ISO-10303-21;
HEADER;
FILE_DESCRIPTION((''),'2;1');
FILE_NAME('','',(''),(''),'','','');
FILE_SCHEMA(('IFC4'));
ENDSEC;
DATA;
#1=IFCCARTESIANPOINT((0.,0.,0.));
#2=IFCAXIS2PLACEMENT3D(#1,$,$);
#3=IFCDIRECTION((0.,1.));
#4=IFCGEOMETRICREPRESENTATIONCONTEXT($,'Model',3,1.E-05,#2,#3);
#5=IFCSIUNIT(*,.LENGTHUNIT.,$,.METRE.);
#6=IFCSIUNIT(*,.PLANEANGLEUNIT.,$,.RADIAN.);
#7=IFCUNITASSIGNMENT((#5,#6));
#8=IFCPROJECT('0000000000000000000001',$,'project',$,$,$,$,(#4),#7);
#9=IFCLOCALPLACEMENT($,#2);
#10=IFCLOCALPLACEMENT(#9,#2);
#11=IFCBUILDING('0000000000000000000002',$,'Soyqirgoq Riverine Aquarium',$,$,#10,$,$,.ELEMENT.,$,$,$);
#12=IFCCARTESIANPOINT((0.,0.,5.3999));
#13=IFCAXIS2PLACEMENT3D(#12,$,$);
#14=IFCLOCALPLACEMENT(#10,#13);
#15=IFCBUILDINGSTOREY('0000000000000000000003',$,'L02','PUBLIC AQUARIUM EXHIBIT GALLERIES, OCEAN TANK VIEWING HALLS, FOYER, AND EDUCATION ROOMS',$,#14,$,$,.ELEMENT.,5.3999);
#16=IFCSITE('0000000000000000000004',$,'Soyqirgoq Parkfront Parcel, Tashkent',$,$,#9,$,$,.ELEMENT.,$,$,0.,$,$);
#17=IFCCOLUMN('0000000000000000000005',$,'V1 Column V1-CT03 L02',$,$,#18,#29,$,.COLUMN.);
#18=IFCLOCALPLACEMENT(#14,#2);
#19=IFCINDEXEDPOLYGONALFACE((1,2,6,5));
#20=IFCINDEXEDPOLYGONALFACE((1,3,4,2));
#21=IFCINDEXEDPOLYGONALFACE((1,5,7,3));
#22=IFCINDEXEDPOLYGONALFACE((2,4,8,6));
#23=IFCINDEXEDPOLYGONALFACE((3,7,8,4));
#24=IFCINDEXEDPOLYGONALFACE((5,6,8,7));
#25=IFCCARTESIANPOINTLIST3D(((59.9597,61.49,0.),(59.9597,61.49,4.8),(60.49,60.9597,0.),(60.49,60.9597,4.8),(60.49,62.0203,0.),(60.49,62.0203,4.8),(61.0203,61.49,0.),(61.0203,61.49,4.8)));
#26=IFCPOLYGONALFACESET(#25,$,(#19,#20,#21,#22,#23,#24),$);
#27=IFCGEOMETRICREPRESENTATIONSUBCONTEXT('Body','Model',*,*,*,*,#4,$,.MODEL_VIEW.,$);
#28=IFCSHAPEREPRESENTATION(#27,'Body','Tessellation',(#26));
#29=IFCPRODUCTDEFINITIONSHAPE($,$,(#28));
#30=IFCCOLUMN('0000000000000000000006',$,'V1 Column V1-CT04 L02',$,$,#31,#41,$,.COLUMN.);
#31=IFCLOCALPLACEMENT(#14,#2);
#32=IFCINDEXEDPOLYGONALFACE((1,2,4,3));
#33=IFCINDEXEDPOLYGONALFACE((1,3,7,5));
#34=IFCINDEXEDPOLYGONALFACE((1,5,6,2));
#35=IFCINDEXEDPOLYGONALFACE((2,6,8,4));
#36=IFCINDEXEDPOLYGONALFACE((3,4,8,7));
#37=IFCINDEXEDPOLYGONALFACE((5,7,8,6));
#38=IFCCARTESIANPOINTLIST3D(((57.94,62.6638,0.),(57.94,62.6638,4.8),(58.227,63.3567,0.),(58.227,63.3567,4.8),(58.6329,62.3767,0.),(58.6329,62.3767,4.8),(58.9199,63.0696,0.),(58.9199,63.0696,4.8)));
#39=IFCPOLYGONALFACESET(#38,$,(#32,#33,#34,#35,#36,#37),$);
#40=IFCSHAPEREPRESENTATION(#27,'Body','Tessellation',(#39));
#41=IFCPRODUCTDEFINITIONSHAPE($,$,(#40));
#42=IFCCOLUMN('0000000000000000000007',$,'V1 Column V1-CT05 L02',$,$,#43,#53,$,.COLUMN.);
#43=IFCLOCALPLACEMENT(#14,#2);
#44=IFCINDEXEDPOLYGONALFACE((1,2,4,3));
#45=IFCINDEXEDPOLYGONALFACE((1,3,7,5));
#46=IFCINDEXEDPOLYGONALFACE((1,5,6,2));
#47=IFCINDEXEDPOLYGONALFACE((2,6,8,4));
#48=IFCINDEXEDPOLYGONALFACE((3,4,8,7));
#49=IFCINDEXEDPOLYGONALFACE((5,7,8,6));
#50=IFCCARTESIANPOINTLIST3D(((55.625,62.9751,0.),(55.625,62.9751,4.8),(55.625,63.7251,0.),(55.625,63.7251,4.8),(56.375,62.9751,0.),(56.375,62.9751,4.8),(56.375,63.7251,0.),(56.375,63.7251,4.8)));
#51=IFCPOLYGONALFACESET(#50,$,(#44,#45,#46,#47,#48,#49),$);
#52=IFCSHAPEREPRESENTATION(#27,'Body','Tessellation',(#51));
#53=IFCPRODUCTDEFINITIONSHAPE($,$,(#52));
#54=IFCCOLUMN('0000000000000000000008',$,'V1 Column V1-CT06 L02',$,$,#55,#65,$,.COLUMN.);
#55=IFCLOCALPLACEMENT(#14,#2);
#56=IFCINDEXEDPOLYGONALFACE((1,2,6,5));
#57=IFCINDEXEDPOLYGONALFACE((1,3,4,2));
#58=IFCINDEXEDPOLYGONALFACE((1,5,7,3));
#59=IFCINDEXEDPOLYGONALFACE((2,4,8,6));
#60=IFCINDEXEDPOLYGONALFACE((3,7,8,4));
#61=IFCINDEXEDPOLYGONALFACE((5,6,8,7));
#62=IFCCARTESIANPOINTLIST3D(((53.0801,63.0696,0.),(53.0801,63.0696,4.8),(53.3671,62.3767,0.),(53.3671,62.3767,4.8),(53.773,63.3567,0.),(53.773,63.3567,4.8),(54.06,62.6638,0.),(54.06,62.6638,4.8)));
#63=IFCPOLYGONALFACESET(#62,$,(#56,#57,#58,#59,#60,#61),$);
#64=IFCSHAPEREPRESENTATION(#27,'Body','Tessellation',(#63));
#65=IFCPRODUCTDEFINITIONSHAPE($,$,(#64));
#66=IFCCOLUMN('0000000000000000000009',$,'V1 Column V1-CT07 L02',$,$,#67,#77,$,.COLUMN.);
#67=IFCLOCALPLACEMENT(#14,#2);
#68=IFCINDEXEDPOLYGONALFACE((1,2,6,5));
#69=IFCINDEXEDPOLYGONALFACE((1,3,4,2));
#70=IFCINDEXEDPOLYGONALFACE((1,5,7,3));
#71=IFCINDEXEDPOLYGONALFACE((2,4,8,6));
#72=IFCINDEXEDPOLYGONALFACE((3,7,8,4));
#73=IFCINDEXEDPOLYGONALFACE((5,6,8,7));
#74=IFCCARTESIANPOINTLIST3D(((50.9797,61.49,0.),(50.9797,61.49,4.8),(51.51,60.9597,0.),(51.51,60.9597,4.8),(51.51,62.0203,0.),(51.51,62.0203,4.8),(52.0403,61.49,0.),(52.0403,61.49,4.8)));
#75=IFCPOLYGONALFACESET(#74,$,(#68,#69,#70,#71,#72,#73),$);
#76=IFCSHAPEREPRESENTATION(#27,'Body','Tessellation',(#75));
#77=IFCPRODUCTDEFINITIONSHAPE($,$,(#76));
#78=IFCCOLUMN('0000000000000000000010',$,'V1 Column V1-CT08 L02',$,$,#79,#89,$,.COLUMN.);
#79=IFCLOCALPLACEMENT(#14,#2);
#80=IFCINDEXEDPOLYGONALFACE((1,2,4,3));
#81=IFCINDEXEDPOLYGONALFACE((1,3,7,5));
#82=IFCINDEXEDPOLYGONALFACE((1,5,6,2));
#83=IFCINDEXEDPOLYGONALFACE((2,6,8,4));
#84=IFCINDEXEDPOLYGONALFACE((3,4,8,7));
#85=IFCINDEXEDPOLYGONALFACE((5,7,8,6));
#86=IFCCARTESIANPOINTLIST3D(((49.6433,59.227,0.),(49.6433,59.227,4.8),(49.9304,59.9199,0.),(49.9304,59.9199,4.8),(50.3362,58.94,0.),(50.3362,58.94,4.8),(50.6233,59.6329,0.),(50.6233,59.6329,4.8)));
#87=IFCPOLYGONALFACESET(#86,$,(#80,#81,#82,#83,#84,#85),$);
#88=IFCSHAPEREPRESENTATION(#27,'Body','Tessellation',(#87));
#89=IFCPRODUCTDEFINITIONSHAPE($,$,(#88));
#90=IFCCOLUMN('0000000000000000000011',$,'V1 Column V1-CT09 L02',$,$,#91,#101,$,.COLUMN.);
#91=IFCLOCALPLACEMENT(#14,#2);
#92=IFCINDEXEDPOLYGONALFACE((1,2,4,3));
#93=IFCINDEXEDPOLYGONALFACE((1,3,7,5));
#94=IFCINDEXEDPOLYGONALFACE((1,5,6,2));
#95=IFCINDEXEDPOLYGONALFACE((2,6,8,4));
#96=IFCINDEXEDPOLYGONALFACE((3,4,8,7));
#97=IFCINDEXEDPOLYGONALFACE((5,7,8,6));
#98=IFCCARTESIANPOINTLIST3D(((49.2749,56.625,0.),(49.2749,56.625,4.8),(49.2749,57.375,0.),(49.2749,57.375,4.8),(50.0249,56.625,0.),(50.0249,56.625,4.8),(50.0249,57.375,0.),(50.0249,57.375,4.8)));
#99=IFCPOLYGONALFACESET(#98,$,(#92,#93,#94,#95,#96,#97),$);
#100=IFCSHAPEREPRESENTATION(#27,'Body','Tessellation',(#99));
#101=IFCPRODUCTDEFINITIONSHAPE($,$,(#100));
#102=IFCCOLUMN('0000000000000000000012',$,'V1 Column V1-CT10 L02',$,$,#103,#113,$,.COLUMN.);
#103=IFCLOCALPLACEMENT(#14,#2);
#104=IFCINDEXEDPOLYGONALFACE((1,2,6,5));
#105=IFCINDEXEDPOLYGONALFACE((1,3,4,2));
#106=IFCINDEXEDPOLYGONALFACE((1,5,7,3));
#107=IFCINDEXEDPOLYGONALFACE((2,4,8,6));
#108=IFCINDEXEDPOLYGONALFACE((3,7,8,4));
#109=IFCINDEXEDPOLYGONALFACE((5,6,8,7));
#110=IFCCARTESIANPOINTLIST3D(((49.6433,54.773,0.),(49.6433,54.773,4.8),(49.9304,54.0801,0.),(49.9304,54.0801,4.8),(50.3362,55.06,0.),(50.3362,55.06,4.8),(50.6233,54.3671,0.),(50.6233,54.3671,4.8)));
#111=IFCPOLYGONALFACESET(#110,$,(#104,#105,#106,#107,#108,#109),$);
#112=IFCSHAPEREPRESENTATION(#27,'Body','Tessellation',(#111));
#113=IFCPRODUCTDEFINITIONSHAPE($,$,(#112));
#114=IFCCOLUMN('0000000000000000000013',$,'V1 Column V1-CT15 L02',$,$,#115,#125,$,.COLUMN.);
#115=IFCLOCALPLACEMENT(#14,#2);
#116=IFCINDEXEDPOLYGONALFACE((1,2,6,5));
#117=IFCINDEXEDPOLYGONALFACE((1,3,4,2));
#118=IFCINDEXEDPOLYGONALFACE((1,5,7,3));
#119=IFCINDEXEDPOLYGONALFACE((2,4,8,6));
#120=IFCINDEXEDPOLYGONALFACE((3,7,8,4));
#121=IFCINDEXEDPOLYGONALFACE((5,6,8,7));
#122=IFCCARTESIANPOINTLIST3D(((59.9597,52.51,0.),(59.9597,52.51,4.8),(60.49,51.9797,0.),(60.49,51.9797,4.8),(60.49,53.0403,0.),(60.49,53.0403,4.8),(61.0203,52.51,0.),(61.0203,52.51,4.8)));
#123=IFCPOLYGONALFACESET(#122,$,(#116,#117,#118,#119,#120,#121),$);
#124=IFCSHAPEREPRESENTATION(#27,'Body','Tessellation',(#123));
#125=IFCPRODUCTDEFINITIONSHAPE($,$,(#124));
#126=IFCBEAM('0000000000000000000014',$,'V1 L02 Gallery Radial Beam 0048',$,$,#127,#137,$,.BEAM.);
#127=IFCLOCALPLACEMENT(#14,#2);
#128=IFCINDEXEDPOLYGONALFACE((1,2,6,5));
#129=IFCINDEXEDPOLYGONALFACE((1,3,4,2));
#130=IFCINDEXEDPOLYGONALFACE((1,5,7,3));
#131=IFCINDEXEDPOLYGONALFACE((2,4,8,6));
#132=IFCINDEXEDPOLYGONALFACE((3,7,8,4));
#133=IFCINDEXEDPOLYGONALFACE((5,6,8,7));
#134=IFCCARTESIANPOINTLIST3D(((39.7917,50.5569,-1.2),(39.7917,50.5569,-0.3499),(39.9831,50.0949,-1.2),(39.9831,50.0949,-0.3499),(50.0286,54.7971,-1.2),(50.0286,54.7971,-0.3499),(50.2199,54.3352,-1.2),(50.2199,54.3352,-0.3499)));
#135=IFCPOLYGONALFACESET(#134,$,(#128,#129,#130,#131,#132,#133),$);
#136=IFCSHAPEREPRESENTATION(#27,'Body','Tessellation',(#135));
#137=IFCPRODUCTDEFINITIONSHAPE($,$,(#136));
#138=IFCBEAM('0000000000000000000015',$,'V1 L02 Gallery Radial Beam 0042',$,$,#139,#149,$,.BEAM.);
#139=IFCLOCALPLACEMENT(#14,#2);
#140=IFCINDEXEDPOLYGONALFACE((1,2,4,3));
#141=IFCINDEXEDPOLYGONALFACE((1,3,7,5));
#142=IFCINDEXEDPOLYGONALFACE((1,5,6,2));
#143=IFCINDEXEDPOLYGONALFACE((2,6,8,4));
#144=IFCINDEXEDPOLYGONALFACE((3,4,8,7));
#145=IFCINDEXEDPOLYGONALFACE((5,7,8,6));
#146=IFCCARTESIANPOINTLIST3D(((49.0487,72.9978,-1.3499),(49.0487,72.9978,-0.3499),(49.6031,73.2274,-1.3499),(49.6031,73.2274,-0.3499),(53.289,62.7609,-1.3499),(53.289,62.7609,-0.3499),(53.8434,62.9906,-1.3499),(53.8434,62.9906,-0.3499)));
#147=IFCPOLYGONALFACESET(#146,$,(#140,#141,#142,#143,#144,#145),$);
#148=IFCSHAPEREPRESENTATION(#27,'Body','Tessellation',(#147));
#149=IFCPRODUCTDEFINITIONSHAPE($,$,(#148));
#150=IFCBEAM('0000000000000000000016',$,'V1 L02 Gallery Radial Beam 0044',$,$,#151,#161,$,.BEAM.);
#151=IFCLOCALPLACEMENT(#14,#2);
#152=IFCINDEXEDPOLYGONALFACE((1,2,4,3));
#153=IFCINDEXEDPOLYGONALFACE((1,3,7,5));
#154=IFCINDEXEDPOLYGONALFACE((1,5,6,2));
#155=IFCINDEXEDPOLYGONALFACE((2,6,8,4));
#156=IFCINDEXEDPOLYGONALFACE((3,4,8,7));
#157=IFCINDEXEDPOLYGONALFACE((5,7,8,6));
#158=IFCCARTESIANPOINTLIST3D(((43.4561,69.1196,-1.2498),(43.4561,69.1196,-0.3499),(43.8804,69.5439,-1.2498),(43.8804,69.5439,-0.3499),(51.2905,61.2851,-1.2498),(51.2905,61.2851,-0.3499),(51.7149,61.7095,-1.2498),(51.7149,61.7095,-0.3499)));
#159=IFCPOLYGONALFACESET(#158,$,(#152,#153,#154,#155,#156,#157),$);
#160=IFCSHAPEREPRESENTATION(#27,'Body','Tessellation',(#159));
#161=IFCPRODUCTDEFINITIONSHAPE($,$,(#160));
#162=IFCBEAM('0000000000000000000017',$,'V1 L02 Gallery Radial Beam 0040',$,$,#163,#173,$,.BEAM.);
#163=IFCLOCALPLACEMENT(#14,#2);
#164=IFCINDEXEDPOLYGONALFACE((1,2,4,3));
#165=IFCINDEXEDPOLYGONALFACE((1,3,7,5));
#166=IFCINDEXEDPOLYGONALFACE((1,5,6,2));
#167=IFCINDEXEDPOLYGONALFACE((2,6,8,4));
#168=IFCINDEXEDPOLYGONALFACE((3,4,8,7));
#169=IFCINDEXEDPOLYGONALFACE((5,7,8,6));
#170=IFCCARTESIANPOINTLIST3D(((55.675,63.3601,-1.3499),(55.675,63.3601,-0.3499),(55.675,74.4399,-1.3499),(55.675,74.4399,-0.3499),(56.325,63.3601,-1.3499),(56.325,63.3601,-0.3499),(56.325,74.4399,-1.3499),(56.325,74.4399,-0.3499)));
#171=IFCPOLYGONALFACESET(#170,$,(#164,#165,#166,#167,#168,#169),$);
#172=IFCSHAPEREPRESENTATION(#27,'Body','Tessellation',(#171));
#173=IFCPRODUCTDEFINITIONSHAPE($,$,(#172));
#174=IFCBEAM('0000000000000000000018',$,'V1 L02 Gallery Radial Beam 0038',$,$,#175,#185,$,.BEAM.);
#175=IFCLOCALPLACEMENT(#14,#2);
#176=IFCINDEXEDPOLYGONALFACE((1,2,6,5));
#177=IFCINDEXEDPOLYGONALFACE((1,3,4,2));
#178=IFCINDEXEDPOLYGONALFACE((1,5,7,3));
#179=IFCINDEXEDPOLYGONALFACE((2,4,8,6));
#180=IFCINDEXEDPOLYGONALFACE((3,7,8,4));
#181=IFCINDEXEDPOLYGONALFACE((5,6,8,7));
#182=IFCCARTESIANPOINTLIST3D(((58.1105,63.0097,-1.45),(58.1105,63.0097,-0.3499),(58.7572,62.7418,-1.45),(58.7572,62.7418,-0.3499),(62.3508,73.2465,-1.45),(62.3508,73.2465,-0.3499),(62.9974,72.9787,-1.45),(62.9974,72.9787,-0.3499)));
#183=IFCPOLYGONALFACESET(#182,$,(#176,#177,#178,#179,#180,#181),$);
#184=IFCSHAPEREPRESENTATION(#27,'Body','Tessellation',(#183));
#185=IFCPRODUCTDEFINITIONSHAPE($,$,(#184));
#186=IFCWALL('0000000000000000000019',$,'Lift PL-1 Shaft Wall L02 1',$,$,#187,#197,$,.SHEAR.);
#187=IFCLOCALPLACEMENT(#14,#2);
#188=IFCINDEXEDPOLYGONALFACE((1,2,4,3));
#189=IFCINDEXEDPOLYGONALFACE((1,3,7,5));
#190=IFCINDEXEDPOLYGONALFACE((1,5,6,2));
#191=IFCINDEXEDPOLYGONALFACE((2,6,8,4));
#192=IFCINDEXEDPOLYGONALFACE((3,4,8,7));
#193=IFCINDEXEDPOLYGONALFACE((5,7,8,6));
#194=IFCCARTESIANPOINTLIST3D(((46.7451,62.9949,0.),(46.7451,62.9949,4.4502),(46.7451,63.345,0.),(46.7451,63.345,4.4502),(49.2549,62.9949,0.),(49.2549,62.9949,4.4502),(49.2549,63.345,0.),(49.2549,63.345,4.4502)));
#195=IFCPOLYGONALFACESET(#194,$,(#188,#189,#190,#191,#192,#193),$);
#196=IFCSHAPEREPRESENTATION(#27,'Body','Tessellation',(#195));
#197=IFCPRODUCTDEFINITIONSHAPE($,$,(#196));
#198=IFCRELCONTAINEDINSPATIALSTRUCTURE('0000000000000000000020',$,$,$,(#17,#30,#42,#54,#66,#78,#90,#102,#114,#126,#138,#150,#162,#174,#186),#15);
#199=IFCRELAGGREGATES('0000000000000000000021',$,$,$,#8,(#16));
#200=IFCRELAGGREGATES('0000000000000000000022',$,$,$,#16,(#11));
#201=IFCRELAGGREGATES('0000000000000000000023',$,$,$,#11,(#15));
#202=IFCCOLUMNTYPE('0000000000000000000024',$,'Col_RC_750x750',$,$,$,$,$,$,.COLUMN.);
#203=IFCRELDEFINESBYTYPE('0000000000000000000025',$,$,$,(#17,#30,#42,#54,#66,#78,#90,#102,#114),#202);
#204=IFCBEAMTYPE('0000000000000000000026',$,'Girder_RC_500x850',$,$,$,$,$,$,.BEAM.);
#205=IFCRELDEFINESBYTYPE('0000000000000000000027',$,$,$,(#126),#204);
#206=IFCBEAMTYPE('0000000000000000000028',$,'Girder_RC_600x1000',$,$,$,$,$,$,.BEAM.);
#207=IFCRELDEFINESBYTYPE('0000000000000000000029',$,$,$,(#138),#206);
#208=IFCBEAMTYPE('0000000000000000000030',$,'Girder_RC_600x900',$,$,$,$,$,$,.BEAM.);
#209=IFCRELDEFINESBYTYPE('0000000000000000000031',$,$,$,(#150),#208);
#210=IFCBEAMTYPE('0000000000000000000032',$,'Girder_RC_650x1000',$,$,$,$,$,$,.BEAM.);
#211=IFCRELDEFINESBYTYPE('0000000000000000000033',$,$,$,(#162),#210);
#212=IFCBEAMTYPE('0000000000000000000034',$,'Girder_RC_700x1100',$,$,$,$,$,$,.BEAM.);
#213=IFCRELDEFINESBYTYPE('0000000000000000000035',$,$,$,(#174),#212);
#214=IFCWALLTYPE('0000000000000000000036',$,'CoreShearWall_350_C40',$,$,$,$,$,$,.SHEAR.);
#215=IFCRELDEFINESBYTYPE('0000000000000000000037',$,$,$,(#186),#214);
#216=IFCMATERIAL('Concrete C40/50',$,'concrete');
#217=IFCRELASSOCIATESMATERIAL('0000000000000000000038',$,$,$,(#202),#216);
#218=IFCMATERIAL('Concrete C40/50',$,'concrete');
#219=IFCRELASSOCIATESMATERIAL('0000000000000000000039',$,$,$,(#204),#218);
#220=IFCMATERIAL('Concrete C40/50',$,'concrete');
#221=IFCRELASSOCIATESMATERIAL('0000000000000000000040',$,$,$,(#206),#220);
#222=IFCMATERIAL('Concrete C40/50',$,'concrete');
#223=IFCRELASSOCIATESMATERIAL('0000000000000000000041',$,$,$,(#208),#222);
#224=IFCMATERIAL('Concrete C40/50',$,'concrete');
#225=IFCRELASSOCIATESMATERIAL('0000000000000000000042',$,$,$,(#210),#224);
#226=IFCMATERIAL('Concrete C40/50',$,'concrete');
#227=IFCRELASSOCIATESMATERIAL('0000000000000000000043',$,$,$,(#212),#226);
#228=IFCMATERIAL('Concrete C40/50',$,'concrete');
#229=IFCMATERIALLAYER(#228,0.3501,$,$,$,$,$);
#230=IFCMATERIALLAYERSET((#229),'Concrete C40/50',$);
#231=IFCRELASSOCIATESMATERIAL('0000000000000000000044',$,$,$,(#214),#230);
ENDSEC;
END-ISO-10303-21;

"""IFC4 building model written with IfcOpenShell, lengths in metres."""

from ifc_helpers import new_model, si_unit, direction, frame, frame_2d, origin, origin_2d, place, context, subcontext, project, spatial, rectangle, extrude, material, layer, layer_set, material_profile, profile_set, type_object, element, save


model = new_model("IFC4")

# Units and contexts
model_context = context("Model", 3, precision=1e-05, world=origin(), true_north=direction((0.0, 1.0)))
body_context = subcontext(model_context, "Body", "Model", "MODEL_VIEW")
ifc_project = project(units=[si_unit("LENGTHUNIT", "METRE"), si_unit("PLANEANGLEUNIT", "RADIAN")], contexts=[model_context])

# Site, building, storey
site_placement = place(None, origin())
site = spatial("IfcSite", under=ifc_project, at=site_placement, Name="Soyqirgoq Parkfront Parcel, Tashkent", CompositionType="ELEMENT", RefElevation=0.0)
building_placement = place(site_placement, origin())
building = spatial("IfcBuilding", under=site, at=building_placement, Name="Soyqirgoq Riverine Aquarium", CompositionType="ELEMENT")
storey_placement = place(building_placement, frame((0.0, 0.0, 5.3999)))
storey = spatial("IfcBuildingStorey", under=building, at=storey_placement, Name="L02", Description="PUBLIC AQUARIUM EXHIBIT GALLERIES, OCEAN TANK VIEWING HALLS, FOYER, AND EDUCATION ROOMS", CompositionType="ELEMENT", Elevation=5.3999)

# Columns
ifc_material_1 = material(Name="Concrete C40/50", Category="concrete")
ifc_material_profile_1 = material_profile(ifc_material_1, rectangle(XDim=0.75, YDim=0.75, at=origin_2d()), Name="RC 750x750")
ifc_profile_set_1 = profile_set([ifc_material_profile_1], Name="Concrete C40/50")
column_type = type_object("IfcColumnType", Name="Col_RC_750x750", PredefinedType="COLUMN", material=ifc_profile_set_1)
for number, where, z_axis, x_axis, name in (
    (1, (60.49, 61.49, 0.0), (0.0, 0.0, 1.0), (0.707107, 0.707107, 0.0), "V1 Column V1-CT03 L02"),
    (2, (58.4299, 62.8667, 0.0), (0.0, 0.0, 1.0), (0.382683, 0.92388, 0.0), "V1 Column V1-CT04 L02"),
    (3, (56.0, 63.3501, 0.0), (0.0, 0.0, 1.0), (0.0, 1.0, 0.0), "V1 Column V1-CT05 L02"),
    (4, (53.5701, 62.8667, 0.0), (0.0, 0.0, 1.0), (-0.382683, 0.92388, 0.0), "V1 Column V1-CT06 L02"),
    (5, (51.51, 61.49, 0.0), (0.0, 0.0, 1.0), (-0.707107, 0.707107, 0.0), "V1 Column V1-CT07 L02"),
    (6, (50.1333, 59.4299, 0.0), (0.0, 0.0, 1.0), (-0.92388, 0.382683, 0.0), "V1 Column V1-CT08 L02"),
    (7, (49.6499, 57.0, 0.0), (0.0, 0.0, 1.0), (-1.0, 0.0, 0.0), "V1 Column V1-CT09 L02"),
    (8, (50.1333, 54.5701, 0.0), (0.0, 0.0, 1.0), (-0.92388, -0.382683, 0.0), "V1 Column V1-CT10 L02"),
    (9, (60.49, 52.51, 0.0), (0.0, 0.0, 1.0), (0.707107, -0.707107, 0.0), "V1 Column V1-CT15 L02"),
):
    element("IfcColumn", number, at=place(storey_placement, frame(where, z_axis=z_axis, x_axis=x_axis)), inside=storey, type_object=column_type, Name=name, PredefinedType="COLUMN", context=body_context, shape_type="SweptSolid", body=[
        extrude(rectangle(XDim=0.75, YDim=0.75, at=origin_2d()), origin(), (0.0, 0.0, 1.0), 4.8),
    ])

# Beams
ifc_material_2 = material(Name="Concrete C40/50", Category="concrete")
ifc_material_profile_2 = material_profile(ifc_material_2, rectangle(XDim=0.5, YDim=0.8501, at=origin_2d()), Name="RC 500x850")
ifc_profile_set_2 = profile_set([ifc_material_profile_2], Name="Concrete C40/50")
beam_type_1 = type_object("IfcBeamType", Name="Girder_RC_500x850", PredefinedType="BEAM", material=ifc_profile_set_2)
beam_1_placement = place(storey_placement, frame((50.1243, 54.5662, -0.7749), z_axis=(-0.923879, -0.382684, 0.0), x_axis=(0.382684, -0.923879, 0.0)))
element("IfcBeam", 10, at=beam_1_placement, inside=storey, type_object=beam_type_1, Name="V1 L02 Gallery Radial Beam 0048", PredefinedType="BEAM", context=body_context, shape_type="SweptSolid", body=[
    extrude(rectangle(XDim=0.5, YDim=0.8501, at=origin_2d()), origin(), (0.0, 0.0, 1.0), 11.0803),
])
ifc_material_3 = material(Name="Concrete C40/50", Category="concrete")
ifc_material_profile_3 = material_profile(ifc_material_3, rectangle(XDim=0.6001, YDim=1.0, at=origin_2d()), Name="RC 600x1000")
ifc_profile_set_3 = profile_set([ifc_material_profile_3], Name="Concrete C40/50")
beam_type_2 = type_object("IfcBeamType", Name="Girder_RC_600x1000", PredefinedType="BEAM", material=ifc_profile_set_3)
beam_2_placement = place(storey_placement, frame((53.5662, 62.8757, -0.8499), z_axis=(-0.382684, 0.923879, 0.0), x_axis=(-0.923879, -0.382684, 0.0)))
element("IfcBeam", 11, at=beam_2_placement, inside=storey, type_object=beam_type_2, Name="V1 L02 Gallery Radial Beam 0042", PredefinedType="BEAM", context=body_context, shape_type="SweptSolid", body=[
    extrude(rectangle(XDim=0.6001, YDim=1.0, at=origin_2d()), origin(), (0.0, 0.0, 1.0), 11.0803),
])
ifc_material_4 = material(Name="Concrete C40/50", Category="concrete")
ifc_material_profile_4 = material_profile(ifc_material_4, rectangle(XDim=0.6001, YDim=0.8999, at=origin_2d()), Name="RC 600x900")
ifc_profile_set_4 = profile_set([ifc_material_profile_4], Name="Concrete C40/50")
beam_type_3 = type_object("IfcBeamType", Name="Girder_RC_600x900", PredefinedType="BEAM", material=ifc_profile_set_4)
beam_3_placement = place(storey_placement, frame((51.5027, 61.4973, -0.7998), z_axis=(-0.707107, 0.707107, 0.0), x_axis=(-0.707107, -0.707107, 0.0)))
element("IfcBeam", 12, at=beam_3_placement, inside=storey, type_object=beam_type_3, Name="V1 L02 Gallery Radial Beam 0044", PredefinedType="BEAM", context=body_context, shape_type="SweptSolid", body=[
    extrude(rectangle(XDim=0.6001, YDim=0.8999, at=origin_2d()), origin(), (0.0, 0.0, 1.0), 11.0796),
])
ifc_material_5 = material(Name="Concrete C40/50", Category="concrete")
ifc_material_profile_5 = material_profile(ifc_material_5, rectangle(XDim=0.6499, YDim=1.0, at=origin_2d()), Name="RC 650x1000")
ifc_profile_set_5 = profile_set([ifc_material_profile_5], Name="Concrete C40/50")
beam_type_4 = type_object("IfcBeamType", Name="Girder_RC_650x1000", PredefinedType="BEAM", material=ifc_profile_set_5)
beam_4_placement = place(storey_placement, frame((56.0, 63.3601, -0.8499), z_axis=(0.0, 1.0, 0.0), x_axis=(-1.0, 0.0, 0.0)))
element("IfcBeam", 13, at=beam_4_placement, inside=storey, type_object=beam_type_4, Name="V1 L02 Gallery Radial Beam 0040", PredefinedType="BEAM", context=body_context, shape_type="SweptSolid", body=[
    extrude(rectangle(XDim=0.6499, YDim=1.0, at=origin_2d()), origin(), (0.0, 0.0, 1.0), 11.0798),
])
ifc_material_6 = material(Name="Concrete C40/50", Category="concrete")
ifc_material_profile_6 = material_profile(ifc_material_6, rectangle(XDim=0.7, YDim=1.1001, at=origin_2d()), Name="RC 700x1100")
ifc_profile_set_6 = profile_set([ifc_material_profile_6], Name="Concrete C40/50")
beam_type_5 = type_object("IfcBeamType", Name="Girder_RC_700x1100", PredefinedType="BEAM", material=ifc_profile_set_6)
beam_5_placement = place(storey_placement, frame((58.4338, 62.8757, -0.8999), z_axis=(0.382684, 0.923879, 0.0), x_axis=(-0.923879, 0.382684, 0.0)))
element("IfcBeam", 14, at=beam_5_placement, inside=storey, type_object=beam_type_5, Name="V1 L02 Gallery Radial Beam 0038", PredefinedType="BEAM", context=body_context, shape_type="SweptSolid", body=[
    extrude(rectangle(XDim=0.7, YDim=1.1001, at=origin_2d()), origin(), (0.0, 0.0, 1.0), 11.0803),
])

# Wall
ifc_material_7 = material(Name="Concrete C40/50", Category="concrete")
ifc_layer_1 = layer(ifc_material_7, 0.3501)
ifc_layer_set_1 = layer_set([ifc_layer_1], Name="Concrete C40/50")
wall_type_1 = type_object("IfcWallType", Name="CoreShearWall_350_C40", PredefinedType="SHEAR", material=ifc_layer_set_1)
wall_1_placement = place(storey_placement, frame((46.7451, 63.1699, 0.0), z_axis=(0.0, 0.0, 1.0), x_axis=(1.0, 0.0, 0.0)))
element("IfcWall", 15, at=wall_1_placement, inside=storey, type_object=wall_type_1, Name="Lift PL-1 Shaft Wall L02 1", PredefinedType="SHEAR", context=body_context, shape_type="SweptSolid", body=[
    extrude(rectangle(XDim=2.5098, YDim=0.3501, at=frame_2d((1.2549, 0.0))), origin(), (0.0, 0.0, 1.0), 4.4502),
])

save(model, "model.ifc")
